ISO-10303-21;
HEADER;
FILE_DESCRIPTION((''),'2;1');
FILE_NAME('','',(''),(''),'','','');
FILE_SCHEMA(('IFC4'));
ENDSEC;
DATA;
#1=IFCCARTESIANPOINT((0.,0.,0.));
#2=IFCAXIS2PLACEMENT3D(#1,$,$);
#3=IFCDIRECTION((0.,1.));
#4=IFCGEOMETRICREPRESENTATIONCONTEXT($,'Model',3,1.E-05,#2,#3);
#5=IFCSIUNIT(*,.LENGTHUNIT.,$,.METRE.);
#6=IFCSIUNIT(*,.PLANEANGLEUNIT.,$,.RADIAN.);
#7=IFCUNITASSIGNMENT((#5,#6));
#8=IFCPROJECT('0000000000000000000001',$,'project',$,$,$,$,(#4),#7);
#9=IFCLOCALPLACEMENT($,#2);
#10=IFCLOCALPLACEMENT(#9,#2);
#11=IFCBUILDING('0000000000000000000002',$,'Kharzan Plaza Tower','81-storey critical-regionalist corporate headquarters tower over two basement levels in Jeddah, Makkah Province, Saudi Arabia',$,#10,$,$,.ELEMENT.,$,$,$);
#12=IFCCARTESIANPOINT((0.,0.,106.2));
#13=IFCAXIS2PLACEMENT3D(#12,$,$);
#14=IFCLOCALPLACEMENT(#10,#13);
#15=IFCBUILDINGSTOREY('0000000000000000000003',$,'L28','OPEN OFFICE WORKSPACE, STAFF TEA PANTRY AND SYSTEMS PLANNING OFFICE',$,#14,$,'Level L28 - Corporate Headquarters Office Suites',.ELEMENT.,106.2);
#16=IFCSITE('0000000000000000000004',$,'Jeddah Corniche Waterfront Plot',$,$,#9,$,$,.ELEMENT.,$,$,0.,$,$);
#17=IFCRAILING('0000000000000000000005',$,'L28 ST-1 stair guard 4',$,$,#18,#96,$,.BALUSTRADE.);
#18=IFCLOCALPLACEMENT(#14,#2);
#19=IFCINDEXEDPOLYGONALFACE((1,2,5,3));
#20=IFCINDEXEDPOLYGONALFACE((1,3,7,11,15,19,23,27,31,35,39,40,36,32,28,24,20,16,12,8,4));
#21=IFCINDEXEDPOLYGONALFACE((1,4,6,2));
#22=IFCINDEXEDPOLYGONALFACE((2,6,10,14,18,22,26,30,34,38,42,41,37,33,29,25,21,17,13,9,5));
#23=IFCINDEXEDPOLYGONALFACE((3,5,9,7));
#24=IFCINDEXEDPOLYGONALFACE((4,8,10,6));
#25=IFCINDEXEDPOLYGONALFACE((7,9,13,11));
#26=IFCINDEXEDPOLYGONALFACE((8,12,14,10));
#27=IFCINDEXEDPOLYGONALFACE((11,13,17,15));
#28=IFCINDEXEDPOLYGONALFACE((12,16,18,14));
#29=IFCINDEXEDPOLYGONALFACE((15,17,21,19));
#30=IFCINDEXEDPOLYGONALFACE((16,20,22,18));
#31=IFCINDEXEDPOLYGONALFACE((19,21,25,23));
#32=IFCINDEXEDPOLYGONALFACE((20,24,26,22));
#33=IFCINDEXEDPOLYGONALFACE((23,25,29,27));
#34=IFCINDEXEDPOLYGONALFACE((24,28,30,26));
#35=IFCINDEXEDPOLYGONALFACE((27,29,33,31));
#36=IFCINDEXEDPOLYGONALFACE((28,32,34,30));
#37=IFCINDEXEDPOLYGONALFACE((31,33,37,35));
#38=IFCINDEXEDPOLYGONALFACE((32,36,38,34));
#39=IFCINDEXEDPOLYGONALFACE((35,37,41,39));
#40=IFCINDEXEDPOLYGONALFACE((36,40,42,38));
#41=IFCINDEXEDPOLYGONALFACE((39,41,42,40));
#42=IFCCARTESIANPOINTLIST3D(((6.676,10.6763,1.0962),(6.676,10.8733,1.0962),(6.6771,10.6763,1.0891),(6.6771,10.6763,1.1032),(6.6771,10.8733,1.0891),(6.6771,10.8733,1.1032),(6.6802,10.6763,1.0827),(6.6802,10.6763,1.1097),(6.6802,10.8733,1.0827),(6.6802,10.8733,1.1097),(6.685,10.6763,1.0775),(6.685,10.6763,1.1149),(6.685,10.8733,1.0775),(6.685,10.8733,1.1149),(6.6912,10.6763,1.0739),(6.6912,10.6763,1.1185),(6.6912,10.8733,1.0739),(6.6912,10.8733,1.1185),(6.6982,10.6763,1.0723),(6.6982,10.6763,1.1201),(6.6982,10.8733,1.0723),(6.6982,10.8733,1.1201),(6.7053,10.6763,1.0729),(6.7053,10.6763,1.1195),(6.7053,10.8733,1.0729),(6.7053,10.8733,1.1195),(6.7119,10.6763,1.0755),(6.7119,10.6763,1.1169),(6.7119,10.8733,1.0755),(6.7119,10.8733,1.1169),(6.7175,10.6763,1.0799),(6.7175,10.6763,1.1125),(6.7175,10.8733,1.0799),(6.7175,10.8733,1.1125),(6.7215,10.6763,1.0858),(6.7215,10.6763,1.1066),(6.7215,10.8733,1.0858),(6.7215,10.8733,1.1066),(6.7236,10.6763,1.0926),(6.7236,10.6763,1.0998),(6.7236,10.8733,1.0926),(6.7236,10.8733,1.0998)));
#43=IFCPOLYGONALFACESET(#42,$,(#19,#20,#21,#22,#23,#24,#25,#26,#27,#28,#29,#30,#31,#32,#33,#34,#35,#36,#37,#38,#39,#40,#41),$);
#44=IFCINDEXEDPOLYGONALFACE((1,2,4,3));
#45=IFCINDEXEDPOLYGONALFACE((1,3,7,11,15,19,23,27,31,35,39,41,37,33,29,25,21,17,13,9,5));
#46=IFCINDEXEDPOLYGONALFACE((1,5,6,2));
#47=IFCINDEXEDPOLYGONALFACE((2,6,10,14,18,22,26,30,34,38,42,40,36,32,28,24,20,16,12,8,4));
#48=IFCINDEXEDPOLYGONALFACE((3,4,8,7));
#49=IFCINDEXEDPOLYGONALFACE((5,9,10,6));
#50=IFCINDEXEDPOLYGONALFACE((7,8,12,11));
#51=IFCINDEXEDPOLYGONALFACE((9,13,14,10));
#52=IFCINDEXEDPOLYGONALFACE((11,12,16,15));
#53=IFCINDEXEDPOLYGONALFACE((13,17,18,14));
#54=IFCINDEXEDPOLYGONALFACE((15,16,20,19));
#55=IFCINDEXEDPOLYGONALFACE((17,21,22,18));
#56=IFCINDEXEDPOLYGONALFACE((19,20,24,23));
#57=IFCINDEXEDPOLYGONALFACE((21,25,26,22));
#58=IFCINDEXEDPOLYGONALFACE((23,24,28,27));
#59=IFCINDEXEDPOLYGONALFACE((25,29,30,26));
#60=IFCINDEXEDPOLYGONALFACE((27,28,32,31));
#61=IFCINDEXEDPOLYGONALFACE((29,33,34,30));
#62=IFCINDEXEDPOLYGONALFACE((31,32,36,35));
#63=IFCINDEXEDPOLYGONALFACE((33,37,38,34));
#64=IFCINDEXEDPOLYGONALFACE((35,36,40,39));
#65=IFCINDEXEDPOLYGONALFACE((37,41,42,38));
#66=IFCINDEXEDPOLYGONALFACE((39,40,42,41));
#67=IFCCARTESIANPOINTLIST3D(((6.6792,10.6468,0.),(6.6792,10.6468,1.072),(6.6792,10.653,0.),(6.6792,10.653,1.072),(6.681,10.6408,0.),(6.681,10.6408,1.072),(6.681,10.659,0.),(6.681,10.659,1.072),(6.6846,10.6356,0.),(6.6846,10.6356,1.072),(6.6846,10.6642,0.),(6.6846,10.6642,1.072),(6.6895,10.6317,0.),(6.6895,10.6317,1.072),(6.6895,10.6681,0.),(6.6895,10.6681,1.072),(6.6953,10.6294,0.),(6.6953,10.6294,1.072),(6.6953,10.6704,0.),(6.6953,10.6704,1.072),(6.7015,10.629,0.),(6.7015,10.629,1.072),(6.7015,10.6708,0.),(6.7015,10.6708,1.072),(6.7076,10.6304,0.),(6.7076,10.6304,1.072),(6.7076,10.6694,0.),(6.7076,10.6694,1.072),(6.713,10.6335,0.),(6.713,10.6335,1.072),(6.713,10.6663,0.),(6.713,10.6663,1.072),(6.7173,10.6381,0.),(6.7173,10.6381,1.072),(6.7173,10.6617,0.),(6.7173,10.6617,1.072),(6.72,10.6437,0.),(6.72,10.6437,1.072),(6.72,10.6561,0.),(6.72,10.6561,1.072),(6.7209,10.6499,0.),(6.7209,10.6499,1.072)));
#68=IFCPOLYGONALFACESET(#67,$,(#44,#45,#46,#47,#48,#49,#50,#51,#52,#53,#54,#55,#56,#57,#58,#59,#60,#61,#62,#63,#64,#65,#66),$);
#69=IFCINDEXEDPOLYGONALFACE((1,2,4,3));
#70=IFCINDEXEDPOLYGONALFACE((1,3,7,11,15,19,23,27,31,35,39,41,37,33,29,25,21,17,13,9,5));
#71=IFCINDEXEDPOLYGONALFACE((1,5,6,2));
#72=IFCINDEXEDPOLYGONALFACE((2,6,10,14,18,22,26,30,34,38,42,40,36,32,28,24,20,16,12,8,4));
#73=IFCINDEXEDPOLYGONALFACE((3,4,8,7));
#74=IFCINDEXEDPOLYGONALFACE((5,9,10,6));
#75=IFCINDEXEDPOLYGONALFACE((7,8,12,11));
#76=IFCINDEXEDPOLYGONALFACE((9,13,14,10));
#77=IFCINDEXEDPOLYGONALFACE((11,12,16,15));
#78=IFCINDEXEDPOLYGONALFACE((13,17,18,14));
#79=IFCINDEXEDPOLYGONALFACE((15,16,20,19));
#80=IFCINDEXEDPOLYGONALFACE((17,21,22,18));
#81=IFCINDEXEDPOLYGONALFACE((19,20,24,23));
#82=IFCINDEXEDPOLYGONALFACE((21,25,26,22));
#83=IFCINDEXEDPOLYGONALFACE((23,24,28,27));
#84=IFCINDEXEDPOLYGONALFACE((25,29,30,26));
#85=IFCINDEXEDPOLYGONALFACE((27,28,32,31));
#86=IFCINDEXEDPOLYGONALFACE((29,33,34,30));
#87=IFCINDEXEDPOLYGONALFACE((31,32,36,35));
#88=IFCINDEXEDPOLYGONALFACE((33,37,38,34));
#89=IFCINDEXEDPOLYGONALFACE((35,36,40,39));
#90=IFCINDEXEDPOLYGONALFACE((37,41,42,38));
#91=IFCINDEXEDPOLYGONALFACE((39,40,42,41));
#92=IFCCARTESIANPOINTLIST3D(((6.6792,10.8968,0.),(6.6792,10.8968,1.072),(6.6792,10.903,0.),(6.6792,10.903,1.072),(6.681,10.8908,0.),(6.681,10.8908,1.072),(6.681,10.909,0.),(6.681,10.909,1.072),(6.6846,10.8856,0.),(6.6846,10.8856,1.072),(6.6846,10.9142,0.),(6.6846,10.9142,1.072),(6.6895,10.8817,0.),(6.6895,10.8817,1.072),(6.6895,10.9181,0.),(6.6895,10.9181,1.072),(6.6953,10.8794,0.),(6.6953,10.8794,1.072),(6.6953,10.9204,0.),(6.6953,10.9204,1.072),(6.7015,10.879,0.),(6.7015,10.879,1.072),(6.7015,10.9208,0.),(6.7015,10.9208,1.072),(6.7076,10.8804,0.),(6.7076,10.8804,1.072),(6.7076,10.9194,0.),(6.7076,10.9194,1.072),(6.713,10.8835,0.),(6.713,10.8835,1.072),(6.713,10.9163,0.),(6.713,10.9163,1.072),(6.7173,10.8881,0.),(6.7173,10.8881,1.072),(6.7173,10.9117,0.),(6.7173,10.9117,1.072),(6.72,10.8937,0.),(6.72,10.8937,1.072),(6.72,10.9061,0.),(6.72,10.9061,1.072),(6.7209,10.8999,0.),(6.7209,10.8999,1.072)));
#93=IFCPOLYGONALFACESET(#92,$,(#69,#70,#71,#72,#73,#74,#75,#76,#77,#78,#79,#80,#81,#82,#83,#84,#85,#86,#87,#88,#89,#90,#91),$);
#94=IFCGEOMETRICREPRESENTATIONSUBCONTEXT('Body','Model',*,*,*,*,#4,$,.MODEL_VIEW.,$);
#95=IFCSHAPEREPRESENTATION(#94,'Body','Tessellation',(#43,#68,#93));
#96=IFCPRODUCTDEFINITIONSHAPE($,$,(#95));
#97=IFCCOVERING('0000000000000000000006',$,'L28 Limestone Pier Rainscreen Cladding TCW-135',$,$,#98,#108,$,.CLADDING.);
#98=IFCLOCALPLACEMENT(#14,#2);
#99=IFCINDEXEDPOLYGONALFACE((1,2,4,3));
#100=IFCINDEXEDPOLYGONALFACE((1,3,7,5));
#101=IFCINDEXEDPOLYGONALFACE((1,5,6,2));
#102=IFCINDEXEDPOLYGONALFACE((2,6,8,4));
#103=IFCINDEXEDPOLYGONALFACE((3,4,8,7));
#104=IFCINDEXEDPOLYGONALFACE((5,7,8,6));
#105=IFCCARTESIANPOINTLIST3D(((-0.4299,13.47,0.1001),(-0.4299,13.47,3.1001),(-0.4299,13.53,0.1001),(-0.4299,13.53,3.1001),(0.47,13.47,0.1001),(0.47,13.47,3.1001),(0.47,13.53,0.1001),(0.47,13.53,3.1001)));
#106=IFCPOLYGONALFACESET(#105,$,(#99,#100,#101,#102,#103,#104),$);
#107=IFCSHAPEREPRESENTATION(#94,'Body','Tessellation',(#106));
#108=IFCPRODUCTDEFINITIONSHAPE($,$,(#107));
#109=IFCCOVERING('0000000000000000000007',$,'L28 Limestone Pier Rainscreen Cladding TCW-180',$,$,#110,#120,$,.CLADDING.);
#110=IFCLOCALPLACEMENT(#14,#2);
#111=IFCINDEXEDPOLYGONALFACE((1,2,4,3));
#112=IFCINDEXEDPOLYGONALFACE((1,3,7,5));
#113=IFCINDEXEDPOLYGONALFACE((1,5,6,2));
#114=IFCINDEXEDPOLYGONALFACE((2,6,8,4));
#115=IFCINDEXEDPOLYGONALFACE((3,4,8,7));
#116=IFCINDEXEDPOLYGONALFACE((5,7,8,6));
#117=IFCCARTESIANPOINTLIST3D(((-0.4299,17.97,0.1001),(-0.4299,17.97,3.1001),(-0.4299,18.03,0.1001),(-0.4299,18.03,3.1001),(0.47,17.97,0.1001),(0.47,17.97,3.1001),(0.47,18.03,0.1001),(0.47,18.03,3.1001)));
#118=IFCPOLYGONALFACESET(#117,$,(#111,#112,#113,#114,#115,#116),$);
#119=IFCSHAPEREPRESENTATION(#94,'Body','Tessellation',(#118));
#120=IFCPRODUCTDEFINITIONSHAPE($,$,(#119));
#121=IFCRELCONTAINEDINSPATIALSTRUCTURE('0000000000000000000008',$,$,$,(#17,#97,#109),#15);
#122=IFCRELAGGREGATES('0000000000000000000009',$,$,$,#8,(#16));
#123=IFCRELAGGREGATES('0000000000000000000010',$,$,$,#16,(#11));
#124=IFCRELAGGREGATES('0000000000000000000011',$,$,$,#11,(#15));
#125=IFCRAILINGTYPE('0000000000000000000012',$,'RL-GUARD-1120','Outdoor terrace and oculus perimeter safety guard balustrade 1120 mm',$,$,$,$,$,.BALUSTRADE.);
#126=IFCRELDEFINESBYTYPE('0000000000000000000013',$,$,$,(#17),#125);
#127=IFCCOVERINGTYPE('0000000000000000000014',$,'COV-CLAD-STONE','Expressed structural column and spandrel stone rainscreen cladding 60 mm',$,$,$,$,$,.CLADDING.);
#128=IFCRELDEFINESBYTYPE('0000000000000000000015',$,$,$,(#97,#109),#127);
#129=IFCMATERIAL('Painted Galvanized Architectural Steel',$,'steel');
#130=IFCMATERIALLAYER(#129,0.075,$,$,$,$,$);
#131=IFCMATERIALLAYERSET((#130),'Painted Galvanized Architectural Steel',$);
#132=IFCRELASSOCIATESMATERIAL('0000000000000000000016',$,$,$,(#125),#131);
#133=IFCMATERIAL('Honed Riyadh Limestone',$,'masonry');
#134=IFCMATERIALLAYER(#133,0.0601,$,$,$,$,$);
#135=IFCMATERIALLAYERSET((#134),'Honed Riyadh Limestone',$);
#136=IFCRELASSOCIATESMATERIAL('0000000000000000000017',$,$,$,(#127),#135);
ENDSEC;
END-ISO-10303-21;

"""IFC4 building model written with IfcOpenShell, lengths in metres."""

from ifc_helpers import new_model, si_unit, direction, frame, origin, origin_2d, place, context, subcontext, project, spatial, rectangle, circle, extrude, source, transform, mapped, material, layer, layer_set, type_object, element, save


model = new_model("IFC4")

# Units and contexts
model_context = context("Model", 3, precision=1e-05, world=origin(), true_north=direction((0.0, 1.0)))
body_context = subcontext(model_context, "Body", "Model", "MODEL_VIEW")
ifc_project = project(units=[si_unit("LENGTHUNIT", "METRE"), si_unit("PLANEANGLEUNIT", "RADIAN")], contexts=[model_context])

# Site, building, storey
site_placement = place(None, origin())
site = spatial("IfcSite", under=ifc_project, at=site_placement, Name="Jeddah Corniche Waterfront Plot", CompositionType="ELEMENT", RefElevation=0.0)
building_placement = place(site_placement, origin())
building = spatial("IfcBuilding", under=site, at=building_placement, Name="Kharzan Plaza Tower", Description="81-storey critical-regionalist corporate headquarters tower over two basement levels in Jeddah, Makkah Province, Saudi Arabia", CompositionType="ELEMENT")
storey_placement = place(building_placement, frame((0.0, 0.0, 106.2)))
storey = spatial("IfcBuildingStorey", under=building, at=storey_placement, Name="L28", Description="OPEN OFFICE WORKSPACE, STAFF TEA PANTRY AND SYSTEMS PLANNING OFFICE", LongName="Level L28 - Corporate Headquarters Office Suites", CompositionType="ELEMENT", Elevation=106.2)

# Railing
ifc_material_1 = material(Name="Painted Galvanized Architectural Steel", Category="steel")
ifc_layer_1 = layer(ifc_material_1, 0.075)
ifc_layer_set_1 = layer_set([ifc_layer_1], Name="Painted Galvanized Architectural Steel")
railing_type_1 = type_object("IfcRailingType", Name="RL-GUARD-1120", Description="Outdoor terrace and oculus perimeter safety guard balustrade 1120 mm", PredefinedType="BALUSTRADE", material=ifc_layer_set_1)
shared_shape_1 = source(origin(), body_context, "Body", "SweptSolid", [
    extrude(circle(Radius=0.0239, at=origin_2d()), frame((0.0, 0.0264, 1.0962), z_axis=(0.0, 1.0, 0.0), x_axis=(-1.0, 0.0, 0.0)), (0.0, 0.0, 1.0), 0.197),
    extrude(circle(Radius=0.021, at=origin_2d()), origin(), (0.0, 0.0, 1.0), 1.072),
    extrude(circle(Radius=0.021, at=origin_2d()), frame((0.0, 0.25, 0.0)), (0.0, 0.0, 1.0), 1.072),
])
railing_1_placement = place(storey_placement, frame((6.7, 10.6499, 0.0)))
element("IfcRailing", 1, at=railing_1_placement, inside=storey, type_object=railing_type_1, Name="L28 ST-1 stair guard 4", PredefinedType="BALUSTRADE", context=body_context, shape_type="MappedRepresentation", body=[
    mapped(shared_shape_1, transform((0.0, 0.0, 0.0), x_axis=(1.0, 0.0, 0.0), y_axis=(0.0, 1.0, 0.0), z_axis=(0.0, 0.0, 1.0))),
])

# Coverings
ifc_material_2 = material(Name="Honed Riyadh Limestone", Category="masonry")
ifc_layer_2 = layer(ifc_material_2, 0.0601)
ifc_layer_set_2 = layer_set([ifc_layer_2], Name="Honed Riyadh Limestone")
covering_type = type_object("IfcCoveringType", Name="COV-CLAD-STONE", Description="Expressed structural column and spandrel stone rainscreen cladding 60 mm", PredefinedType="CLADDING", material=ifc_layer_set_2)
shared_shape_2 = source(origin(), body_context, "Body", "SweptSolid", [
    extrude(rectangle(XDim=0.0601, YDim=0.8999, at=origin_2d()), origin(), (0.0, 0.0, 1.0), 3.0),
])
for number, where, z_axis, x_axis, name in (
    (2, (0.02, 13.5, 0.1001), (0.0, 0.0, 1.0), (0.0, 1.0, 0.0), "L28 Limestone Pier Rainscreen Cladding TCW-135"),
    (3, (0.02, 18.0, 0.1001), (0.0, 0.0, 1.0), (0.0, 1.0, 0.0), "L28 Limestone Pier Rainscreen Cladding TCW-180"),
):
    element("IfcCovering", number, at=place(storey_placement, frame(where, z_axis=z_axis, x_axis=x_axis)), inside=storey, type_object=covering_type, Name=name, PredefinedType="CLADDING", context=body_context, shape_type="MappedRepresentation", body=[
        mapped(shared_shape_2, transform((0.0, 0.0, 0.0), x_axis=(1.0, 0.0, 0.0), y_axis=(0.0, 1.0, 0.0), z_axis=(0.0, 0.0, 1.0))),
    ])

save(model, "model.ifc")
